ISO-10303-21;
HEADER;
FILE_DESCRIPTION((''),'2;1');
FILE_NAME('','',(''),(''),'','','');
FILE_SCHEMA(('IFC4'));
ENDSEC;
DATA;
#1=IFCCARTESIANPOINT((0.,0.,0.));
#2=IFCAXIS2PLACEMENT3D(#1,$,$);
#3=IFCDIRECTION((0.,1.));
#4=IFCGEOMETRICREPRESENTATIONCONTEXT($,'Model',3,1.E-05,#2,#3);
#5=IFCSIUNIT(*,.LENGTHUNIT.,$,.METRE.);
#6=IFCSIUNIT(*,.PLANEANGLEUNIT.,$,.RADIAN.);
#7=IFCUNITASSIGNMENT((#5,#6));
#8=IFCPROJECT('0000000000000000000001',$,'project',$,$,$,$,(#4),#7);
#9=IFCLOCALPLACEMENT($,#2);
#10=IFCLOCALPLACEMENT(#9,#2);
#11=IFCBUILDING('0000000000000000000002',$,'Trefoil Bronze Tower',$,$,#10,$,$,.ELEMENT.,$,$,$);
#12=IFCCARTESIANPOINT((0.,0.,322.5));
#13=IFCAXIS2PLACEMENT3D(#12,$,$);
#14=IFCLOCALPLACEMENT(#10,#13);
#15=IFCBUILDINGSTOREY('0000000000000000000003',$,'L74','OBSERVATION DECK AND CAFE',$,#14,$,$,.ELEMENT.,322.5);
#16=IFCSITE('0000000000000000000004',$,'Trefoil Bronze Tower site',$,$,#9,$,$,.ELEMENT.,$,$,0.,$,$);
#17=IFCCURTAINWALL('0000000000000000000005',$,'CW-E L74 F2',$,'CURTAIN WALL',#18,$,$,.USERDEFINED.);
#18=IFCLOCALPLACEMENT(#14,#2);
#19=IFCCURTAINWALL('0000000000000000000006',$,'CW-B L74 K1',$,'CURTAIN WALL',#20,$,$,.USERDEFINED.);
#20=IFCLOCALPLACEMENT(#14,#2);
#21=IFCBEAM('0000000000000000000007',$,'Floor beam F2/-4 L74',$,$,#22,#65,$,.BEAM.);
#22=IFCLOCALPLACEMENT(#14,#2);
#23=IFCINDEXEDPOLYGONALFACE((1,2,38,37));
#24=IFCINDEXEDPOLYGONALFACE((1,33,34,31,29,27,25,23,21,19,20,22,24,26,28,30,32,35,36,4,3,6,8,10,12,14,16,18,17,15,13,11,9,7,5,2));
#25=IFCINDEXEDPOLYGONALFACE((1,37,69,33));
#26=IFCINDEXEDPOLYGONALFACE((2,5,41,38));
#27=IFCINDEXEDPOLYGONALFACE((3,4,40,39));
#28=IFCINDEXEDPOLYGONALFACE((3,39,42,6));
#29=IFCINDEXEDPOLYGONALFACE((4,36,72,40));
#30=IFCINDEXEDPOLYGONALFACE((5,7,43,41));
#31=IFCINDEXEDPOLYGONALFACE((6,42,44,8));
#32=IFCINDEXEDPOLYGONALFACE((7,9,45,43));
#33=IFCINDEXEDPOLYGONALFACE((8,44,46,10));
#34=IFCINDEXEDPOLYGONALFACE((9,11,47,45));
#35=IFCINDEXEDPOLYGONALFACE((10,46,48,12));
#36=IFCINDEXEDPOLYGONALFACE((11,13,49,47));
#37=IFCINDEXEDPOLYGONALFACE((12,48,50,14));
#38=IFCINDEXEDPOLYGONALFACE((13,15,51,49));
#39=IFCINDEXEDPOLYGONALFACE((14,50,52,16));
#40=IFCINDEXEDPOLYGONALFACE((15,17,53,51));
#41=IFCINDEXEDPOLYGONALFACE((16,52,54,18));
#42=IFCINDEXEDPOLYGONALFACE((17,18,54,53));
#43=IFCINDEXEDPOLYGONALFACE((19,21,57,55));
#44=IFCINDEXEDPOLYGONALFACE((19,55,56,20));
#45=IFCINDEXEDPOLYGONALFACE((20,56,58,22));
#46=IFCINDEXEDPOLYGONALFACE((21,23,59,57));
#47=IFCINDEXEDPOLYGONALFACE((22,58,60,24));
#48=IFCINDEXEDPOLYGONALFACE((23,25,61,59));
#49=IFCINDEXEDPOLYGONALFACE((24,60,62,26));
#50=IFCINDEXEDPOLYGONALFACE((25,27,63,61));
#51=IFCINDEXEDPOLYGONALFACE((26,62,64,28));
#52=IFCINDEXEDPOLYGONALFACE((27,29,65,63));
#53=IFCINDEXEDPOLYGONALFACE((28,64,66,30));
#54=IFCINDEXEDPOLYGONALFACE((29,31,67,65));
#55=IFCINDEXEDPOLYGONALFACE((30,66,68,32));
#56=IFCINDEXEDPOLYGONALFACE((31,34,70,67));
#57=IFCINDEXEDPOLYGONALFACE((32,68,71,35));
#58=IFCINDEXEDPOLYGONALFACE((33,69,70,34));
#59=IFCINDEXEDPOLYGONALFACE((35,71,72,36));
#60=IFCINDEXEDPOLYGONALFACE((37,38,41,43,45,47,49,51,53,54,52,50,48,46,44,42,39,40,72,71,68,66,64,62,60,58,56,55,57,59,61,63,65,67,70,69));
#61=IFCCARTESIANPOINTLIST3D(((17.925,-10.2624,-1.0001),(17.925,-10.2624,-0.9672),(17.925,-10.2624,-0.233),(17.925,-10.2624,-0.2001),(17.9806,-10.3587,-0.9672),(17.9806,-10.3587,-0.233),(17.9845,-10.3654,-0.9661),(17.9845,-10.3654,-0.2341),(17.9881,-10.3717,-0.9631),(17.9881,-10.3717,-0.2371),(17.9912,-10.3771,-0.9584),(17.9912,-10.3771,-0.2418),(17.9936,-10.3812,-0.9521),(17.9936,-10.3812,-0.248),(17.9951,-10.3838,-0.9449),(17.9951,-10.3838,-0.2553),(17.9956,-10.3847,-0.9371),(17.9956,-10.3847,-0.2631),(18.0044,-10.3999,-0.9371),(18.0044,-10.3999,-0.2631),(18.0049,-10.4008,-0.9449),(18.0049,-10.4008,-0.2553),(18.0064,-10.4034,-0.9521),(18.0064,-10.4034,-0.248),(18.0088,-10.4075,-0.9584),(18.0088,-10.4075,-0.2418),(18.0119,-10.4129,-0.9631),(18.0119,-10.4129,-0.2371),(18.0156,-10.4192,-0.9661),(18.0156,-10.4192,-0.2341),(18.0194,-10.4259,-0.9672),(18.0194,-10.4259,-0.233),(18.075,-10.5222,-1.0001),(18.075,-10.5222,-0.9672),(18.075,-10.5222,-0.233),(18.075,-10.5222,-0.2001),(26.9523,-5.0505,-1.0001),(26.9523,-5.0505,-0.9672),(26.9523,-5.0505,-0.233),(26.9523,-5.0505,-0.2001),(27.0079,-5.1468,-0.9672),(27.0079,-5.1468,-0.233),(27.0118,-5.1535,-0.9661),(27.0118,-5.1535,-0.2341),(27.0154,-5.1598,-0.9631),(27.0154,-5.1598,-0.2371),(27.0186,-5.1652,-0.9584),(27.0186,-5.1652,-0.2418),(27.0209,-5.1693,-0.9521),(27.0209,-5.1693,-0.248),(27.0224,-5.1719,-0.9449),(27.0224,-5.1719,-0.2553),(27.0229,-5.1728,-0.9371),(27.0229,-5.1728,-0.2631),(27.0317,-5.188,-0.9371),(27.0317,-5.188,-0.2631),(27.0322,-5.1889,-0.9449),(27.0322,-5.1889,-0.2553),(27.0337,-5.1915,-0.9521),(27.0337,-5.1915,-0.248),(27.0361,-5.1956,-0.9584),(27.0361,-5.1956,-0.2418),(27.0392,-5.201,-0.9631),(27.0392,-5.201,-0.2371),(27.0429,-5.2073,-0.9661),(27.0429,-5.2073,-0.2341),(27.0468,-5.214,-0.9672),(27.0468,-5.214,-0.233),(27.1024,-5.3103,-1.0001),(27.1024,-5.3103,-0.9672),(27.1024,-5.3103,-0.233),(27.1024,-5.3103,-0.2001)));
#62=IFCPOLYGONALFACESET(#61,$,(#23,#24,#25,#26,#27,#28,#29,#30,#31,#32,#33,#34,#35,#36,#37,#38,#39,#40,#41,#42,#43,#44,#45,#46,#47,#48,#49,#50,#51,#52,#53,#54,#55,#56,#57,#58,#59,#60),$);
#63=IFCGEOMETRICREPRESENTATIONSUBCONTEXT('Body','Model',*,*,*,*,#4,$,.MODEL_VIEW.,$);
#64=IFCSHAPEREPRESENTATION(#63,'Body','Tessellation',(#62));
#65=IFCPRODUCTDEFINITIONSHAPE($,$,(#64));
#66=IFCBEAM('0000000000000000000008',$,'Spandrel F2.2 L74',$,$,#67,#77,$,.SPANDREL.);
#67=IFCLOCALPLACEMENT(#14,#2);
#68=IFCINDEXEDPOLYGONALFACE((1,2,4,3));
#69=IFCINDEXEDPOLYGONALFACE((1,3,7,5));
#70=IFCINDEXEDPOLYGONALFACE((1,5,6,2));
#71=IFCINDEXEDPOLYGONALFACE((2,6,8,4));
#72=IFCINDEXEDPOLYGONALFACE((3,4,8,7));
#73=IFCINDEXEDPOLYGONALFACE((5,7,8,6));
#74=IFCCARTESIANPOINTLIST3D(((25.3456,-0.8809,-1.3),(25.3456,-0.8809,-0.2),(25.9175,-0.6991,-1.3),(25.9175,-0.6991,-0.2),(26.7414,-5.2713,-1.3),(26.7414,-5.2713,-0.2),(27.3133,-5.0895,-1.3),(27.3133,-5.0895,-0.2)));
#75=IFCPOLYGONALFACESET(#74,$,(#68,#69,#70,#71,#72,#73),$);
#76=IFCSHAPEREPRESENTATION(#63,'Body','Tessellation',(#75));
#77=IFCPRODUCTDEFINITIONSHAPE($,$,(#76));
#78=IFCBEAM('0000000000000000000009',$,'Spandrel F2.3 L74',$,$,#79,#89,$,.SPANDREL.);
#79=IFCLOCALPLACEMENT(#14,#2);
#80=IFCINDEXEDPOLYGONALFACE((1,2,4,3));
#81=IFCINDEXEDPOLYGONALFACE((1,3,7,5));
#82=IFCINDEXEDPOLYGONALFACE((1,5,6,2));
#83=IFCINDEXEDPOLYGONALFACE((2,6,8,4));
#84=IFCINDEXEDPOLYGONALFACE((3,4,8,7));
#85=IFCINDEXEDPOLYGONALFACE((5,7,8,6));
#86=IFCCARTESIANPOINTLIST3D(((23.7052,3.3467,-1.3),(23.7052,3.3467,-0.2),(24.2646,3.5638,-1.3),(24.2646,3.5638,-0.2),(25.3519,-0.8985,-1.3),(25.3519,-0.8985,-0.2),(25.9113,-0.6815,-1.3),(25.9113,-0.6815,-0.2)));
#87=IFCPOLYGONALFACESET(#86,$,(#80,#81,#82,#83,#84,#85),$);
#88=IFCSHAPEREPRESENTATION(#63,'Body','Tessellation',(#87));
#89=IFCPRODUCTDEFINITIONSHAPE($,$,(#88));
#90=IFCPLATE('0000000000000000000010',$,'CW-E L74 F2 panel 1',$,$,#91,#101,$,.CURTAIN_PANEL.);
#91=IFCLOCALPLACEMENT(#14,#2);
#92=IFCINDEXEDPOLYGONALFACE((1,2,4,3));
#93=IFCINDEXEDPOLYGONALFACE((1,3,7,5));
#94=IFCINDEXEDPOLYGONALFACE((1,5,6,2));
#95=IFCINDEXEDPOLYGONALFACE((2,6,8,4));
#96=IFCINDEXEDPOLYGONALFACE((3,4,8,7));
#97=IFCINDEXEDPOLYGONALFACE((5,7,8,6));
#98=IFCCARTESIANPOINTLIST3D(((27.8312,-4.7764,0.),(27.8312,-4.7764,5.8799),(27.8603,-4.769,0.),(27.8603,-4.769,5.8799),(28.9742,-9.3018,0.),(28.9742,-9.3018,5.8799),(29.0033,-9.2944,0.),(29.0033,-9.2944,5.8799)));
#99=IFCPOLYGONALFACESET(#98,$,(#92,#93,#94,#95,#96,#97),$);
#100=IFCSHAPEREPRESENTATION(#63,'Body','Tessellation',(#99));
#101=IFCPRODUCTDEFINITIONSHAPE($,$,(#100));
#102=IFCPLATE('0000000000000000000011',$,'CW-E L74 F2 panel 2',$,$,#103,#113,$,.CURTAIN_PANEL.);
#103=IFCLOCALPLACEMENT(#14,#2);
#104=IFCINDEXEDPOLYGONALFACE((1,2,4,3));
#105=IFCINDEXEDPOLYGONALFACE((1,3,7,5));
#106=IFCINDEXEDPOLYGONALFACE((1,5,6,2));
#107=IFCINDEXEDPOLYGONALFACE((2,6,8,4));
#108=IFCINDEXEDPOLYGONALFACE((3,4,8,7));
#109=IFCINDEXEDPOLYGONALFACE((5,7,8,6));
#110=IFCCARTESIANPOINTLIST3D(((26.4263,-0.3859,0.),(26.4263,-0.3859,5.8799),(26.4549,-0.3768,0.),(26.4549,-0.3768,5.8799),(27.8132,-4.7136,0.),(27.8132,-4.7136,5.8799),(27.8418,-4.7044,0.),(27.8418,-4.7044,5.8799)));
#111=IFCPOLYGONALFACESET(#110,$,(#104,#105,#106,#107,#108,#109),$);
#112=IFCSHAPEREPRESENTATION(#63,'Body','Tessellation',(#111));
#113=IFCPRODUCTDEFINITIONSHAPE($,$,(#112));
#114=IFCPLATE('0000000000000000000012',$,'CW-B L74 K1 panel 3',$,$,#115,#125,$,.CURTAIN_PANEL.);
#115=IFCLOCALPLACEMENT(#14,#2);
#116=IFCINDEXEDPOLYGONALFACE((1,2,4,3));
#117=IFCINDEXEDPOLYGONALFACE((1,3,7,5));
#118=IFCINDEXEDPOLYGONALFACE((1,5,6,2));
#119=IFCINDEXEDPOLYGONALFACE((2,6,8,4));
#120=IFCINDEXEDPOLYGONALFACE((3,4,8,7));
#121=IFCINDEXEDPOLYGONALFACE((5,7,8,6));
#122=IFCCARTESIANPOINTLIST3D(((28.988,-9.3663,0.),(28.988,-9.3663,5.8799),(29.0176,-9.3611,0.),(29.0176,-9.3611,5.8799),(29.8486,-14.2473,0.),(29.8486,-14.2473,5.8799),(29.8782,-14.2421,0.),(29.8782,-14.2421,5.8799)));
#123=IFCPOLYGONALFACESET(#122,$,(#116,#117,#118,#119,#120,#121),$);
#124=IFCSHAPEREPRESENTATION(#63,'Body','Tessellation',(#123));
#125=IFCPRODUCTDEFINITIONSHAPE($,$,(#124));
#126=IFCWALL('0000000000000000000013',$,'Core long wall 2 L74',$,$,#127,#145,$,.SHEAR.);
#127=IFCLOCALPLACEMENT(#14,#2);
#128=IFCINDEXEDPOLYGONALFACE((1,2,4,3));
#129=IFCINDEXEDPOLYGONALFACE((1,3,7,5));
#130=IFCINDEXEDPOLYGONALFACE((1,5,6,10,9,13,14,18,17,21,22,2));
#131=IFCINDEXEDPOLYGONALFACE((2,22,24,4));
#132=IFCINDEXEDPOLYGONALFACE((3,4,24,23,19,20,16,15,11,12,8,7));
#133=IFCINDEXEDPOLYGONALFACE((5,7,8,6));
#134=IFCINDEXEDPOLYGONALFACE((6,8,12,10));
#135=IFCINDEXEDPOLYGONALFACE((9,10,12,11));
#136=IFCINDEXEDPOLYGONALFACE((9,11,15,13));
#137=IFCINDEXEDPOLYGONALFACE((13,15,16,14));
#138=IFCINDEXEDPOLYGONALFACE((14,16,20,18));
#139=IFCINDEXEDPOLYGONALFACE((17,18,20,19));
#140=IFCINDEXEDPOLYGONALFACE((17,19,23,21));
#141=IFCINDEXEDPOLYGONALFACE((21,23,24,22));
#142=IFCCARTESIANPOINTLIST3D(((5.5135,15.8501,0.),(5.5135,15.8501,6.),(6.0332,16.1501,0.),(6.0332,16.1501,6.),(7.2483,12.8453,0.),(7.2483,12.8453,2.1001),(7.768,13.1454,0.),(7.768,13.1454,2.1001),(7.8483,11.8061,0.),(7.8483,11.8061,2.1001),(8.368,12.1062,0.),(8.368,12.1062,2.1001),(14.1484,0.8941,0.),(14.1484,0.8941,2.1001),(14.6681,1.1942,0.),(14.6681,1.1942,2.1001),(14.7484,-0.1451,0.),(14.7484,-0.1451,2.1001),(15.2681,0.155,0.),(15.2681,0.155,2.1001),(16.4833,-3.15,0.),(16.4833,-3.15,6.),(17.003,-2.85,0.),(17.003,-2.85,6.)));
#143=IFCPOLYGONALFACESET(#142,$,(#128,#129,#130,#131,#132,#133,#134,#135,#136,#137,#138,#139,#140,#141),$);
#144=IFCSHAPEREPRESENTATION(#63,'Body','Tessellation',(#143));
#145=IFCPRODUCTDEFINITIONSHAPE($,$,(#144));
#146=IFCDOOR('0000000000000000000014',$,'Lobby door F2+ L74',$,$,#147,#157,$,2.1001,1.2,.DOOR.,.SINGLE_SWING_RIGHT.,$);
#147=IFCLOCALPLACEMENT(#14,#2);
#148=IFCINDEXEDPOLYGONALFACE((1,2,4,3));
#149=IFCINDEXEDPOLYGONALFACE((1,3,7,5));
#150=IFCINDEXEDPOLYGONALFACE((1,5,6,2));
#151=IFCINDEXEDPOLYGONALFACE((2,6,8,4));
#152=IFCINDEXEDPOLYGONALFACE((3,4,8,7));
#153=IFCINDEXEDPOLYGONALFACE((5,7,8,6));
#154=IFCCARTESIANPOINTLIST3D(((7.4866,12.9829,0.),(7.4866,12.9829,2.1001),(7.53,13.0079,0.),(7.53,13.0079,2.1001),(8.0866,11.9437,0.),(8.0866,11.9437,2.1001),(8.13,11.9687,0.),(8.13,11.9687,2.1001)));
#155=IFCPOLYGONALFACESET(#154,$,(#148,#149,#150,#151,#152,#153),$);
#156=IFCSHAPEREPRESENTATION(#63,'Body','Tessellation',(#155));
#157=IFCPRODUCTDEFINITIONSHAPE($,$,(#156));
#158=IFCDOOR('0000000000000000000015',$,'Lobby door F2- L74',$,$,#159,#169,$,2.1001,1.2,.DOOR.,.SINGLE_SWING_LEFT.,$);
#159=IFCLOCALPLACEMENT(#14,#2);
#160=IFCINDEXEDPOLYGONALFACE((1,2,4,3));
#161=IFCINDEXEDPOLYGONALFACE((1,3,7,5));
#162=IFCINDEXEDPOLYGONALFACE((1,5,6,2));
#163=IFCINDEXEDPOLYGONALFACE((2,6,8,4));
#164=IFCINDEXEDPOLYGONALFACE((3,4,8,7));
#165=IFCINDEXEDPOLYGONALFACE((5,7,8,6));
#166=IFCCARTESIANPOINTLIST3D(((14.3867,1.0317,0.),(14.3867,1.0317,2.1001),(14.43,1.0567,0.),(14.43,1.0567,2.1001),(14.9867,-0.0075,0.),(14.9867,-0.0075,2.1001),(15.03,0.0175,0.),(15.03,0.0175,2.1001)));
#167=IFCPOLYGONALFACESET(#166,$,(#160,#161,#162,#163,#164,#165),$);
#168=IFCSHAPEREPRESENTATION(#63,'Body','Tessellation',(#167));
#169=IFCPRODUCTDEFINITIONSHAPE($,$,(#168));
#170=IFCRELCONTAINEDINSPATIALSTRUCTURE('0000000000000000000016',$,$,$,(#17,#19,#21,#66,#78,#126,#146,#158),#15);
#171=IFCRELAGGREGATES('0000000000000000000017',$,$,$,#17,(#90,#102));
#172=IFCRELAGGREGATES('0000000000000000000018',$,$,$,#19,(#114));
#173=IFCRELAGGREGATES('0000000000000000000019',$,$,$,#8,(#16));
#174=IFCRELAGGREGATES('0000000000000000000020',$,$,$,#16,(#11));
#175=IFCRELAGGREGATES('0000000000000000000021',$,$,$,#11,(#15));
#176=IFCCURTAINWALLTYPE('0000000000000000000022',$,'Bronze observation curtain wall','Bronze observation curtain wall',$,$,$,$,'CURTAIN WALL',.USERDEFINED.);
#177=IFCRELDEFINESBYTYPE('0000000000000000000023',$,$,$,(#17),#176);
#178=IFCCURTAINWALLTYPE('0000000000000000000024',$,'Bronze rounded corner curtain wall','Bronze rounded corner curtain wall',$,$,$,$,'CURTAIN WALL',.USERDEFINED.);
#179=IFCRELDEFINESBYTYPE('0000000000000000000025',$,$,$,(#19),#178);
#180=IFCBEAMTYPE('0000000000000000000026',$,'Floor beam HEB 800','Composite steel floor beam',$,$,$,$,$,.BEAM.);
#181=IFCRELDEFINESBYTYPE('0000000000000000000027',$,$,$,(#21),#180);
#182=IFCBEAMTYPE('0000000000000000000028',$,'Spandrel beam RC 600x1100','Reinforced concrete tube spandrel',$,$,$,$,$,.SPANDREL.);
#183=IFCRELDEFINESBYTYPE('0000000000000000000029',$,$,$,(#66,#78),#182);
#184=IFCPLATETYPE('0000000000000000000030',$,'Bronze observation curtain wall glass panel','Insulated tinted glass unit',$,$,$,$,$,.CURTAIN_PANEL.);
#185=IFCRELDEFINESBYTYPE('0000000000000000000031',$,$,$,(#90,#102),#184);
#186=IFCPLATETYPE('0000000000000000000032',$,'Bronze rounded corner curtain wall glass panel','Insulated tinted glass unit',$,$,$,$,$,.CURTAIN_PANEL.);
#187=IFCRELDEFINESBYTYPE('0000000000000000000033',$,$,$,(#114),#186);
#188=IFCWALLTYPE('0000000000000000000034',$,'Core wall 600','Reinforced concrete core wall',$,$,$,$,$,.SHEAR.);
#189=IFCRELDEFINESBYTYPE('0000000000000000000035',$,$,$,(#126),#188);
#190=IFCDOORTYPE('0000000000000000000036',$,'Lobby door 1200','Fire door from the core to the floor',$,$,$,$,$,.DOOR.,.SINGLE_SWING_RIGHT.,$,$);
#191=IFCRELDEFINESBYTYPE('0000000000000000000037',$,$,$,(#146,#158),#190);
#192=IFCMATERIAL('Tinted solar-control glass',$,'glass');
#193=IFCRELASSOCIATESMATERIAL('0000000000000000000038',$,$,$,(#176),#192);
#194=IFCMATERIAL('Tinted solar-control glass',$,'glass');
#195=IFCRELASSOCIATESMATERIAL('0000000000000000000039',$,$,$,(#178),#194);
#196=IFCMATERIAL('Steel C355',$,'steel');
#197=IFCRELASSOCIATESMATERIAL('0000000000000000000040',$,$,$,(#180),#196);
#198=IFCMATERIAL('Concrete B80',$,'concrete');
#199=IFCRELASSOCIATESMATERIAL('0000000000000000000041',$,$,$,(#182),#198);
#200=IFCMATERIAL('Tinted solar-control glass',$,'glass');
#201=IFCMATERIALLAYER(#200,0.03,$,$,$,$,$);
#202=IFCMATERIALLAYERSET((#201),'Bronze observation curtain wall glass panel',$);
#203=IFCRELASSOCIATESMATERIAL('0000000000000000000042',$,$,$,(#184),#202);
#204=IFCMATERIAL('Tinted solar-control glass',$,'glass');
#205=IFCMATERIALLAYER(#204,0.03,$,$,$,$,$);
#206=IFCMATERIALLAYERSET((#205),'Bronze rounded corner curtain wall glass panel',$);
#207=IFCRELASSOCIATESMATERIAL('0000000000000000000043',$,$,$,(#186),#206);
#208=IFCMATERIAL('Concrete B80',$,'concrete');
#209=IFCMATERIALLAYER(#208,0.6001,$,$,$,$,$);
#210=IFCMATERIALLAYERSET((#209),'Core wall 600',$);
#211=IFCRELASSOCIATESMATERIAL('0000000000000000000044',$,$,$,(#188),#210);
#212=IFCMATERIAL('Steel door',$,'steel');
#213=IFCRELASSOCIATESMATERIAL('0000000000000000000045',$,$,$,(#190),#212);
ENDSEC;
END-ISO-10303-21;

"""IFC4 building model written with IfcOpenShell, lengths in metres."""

from ifc_helpers import new_model, si_unit, direction, frame, frame_2d, origin, origin_2d, place, context, subcontext, project, spatial, rectangle, i_section, extrude, material, layer, layer_set, material_profile, profile_set, type_object, element, fill, aggregate, save


model = new_model("IFC4")

# Units and contexts
model_context = context("Model", 3, precision=1e-05, world=origin(), true_north=direction((0.0, 1.0)))
body_context = subcontext(model_context, "Body", "Model", "MODEL_VIEW")
ifc_project = project(units=[si_unit("LENGTHUNIT", "METRE"), si_unit("PLANEANGLEUNIT", "RADIAN")], contexts=[model_context])

# Site, building, storey
site_placement = place(None, origin())
site = spatial("IfcSite", under=ifc_project, at=site_placement, Name="Trefoil Bronze Tower site", CompositionType="ELEMENT", RefElevation=0.0)
building_placement = place(site_placement, origin())
building = spatial("IfcBuilding", under=site, at=building_placement, Name="Trefoil Bronze Tower", CompositionType="ELEMENT")
storey_placement = place(building_placement, frame((0.0, 0.0, 322.5)))
storey = spatial("IfcBuildingStorey", under=building, at=storey_placement, Name="L74", Description="OBSERVATION DECK AND CAFE", CompositionType="ELEMENT", Elevation=322.5)

# Curtain walls
ifc_material_1 = material(Name="Tinted solar-control glass", Category="glass")
curtain_wall_type_1 = type_object("IfcCurtainWallType", Name="Bronze observation curtain wall", Description="Bronze observation curtain wall", ElementType="CURTAIN WALL", PredefinedType="USERDEFINED", material=ifc_material_1)
curtain_wall_1_placement = place(storey_placement, origin())
curtain_wall_1 = element("IfcCurtainWall", 1, at=curtain_wall_1_placement, inside=storey, type_object=curtain_wall_type_1, Name="CW-E L74 F2", ObjectType="CURTAIN WALL", PredefinedType="USERDEFINED")
ifc_material_2 = material(Name="Tinted solar-control glass", Category="glass")
curtain_wall_type_2 = type_object("IfcCurtainWallType", Name="Bronze rounded corner curtain wall", Description="Bronze rounded corner curtain wall", ElementType="CURTAIN WALL", PredefinedType="USERDEFINED", material=ifc_material_2)
curtain_wall_2_placement = place(storey_placement, origin())
curtain_wall_2 = element("IfcCurtainWall", 2, at=curtain_wall_2_placement, inside=storey, type_object=curtain_wall_type_2, Name="CW-B L74 K1", ObjectType="CURTAIN WALL", PredefinedType="USERDEFINED")

# Beams
ifc_material_3 = material(Name="Steel C355", Category="steel")
ifc_material_profile_1 = material_profile(ifc_material_3, i_section(OverallWidth=0.3, OverallDepth=0.8, WebThickness=0.0176, FlangeThickness=0.033, FilletRadius=0.03, at=origin_2d()), Name="HEB 800")
ifc_profile_set_1 = profile_set([ifc_material_profile_1], Name="Steel C355")
beam_type_1 = type_object("IfcBeamType", Name="Floor beam HEB 800", Description="Composite steel floor beam", PredefinedType="BEAM", material=ifc_profile_set_1)
beam_1_placement = place(storey_placement, frame((27.0273, -5.1804, -0.6001), z_axis=(-0.866026, -0.499998, 0.0), x_axis=(0.499998, -0.866026, 0.0)))
element("IfcBeam", 3, at=beam_1_placement, inside=storey, type_object=beam_type_1, Name="Floor beam F2/-4 L74", PredefinedType="BEAM", context=body_context, shape_type="SweptSolid", body=[
    extrude(i_section(OverallWidth=0.3, OverallDepth=0.8, WebThickness=0.0176, FlangeThickness=0.033, FilletRadius=0.03, at=origin_2d()), origin(), (0.0, 0.0, 1.0), 10.4238),
])
ifc_material_4 = material(Name="Concrete B80", Category="concrete")
ifc_material_profile_2 = material_profile(ifc_material_4, rectangle(XDim=0.6001, YDim=1.1001, at=origin_2d()), Name="RC 600x1100")
ifc_profile_set_2 = profile_set([ifc_material_profile_2], Name="Concrete B80")
beam_type_2 = type_object("IfcBeamType", Name="Spandrel beam RC 600x1100", Description="Reinforced concrete tube spandrel", PredefinedType="SPANDREL", material=ifc_profile_set_2)
beam_2_placement = place(storey_placement, frame((27.0273, -5.1804, -0.75), z_axis=(-0.30297, 0.953, 0.0), x_axis=(-0.953, -0.30297, 0.0)))
element("IfcBeam", 4, at=beam_2_placement, inside=storey, type_object=beam_type_2, Name="Spandrel F2.2 L74", PredefinedType="SPANDREL", context=body_context, shape_type="SweptSolid", body=[
    extrude(rectangle(XDim=0.6001, YDim=1.1001, at=origin_2d()), origin(), (0.0, 0.0, 1.0), 4.6069),
])
beam_3_placement = place(storey_placement, frame((25.6316, -0.79, -0.75), z_axis=(-0.361636, 0.932319, 0.0), x_axis=(-0.932319, -0.361636, 0.0)))
element("IfcBeam", 5, at=beam_3_placement, inside=storey, type_object=beam_type_2, Name="Spandrel F2.3 L74", PredefinedType="SPANDREL", context=body_context, shape_type="SweptSolid", body=[
    extrude(rectangle(XDim=0.6001, YDim=1.1001, at=origin_2d()), origin(), (0.0, 0.0, 1.0), 4.5535),
])

# Plates
ifc_material_5 = material(Name="Tinted solar-control glass", Category="glass")
ifc_layer_1 = layer(ifc_material_5, 0.03)
ifc_layer_set_1 = layer_set([ifc_layer_1], Name="Bronze observation curtain wall glass panel")
plate_type_1 = type_object("IfcPlateType", Name="Bronze observation curtain wall glass panel", Description="Insulated tinted glass unit", PredefinedType="CURTAIN_PANEL", material=ifc_layer_set_1)
plate_1_placement = place(storey_placement, frame((28.4172, -7.0354, 0.0), z_axis=(0.0, 0.0, 1.0), x_axis=(-0.24488, 0.969554, 0.0)))
plate_1 = element("IfcPlate", 6, at=plate_1_placement, type_object=plate_type_1, Name="CW-E L74 F2 panel 1", PredefinedType="CURTAIN_PANEL", context=body_context, shape_type="SweptSolid", body=[
    extrude(rectangle(XDim=4.6675, YDim=0.03, at=origin_2d()), origin(), (0.0, 0.0, 1.0), 5.8799),
])
plate_2_placement = place(storey_placement, frame((27.134, -2.5452, 0.0), z_axis=(0.0, 0.0, 1.0), x_axis=(-0.305188, 0.952292, 0.0)))
plate_2 = element("IfcPlate", 7, at=plate_2_placement, type_object=plate_type_1, Name="CW-E L74 F2 panel 2", PredefinedType="CURTAIN_PANEL", context=body_context, shape_type="SweptSolid", body=[
    extrude(rectangle(XDim=4.5444, YDim=0.03, at=origin_2d()), origin(), (0.0, 0.0, 1.0), 5.8799),
])
aggregate(curtain_wall_1, [plate_1, plate_2])
ifc_material_6 = material(Name="Tinted solar-control glass", Category="glass")
ifc_layer_2 = layer(ifc_material_6, 0.03)
ifc_layer_set_2 = layer_set([ifc_layer_2], Name="Bronze rounded corner curtain wall glass panel")
plate_type_2 = type_object("IfcPlateType", Name="Bronze rounded corner curtain wall glass panel", Description="Insulated tinted glass unit", PredefinedType="CURTAIN_PANEL", material=ifc_layer_set_2)
plate_3_placement = place(storey_placement, frame((29.4331, -11.8042, 0.0), z_axis=(0.0, 0.0, 1.0), x_axis=(-0.173648, 0.984808, 0.0)))
plate_3 = element("IfcPlate", 8, at=plate_3_placement, type_object=plate_type_2, Name="CW-B L74 K1 panel 3", PredefinedType="CURTAIN_PANEL", context=body_context, shape_type="SweptSolid", body=[
    extrude(rectangle(XDim=4.9563, YDim=0.03, at=origin_2d()), origin(), (0.0, 0.0, 1.0), 5.8799),
])
aggregate(curtain_wall_2, [plate_3])

# Wall, openings, doors
ifc_material_7 = material(Name="Concrete B80", Category="concrete")
ifc_layer_3 = layer(ifc_material_7, 0.6001)
ifc_layer_set_3 = layer_set([ifc_layer_3], Name="Core wall 600")
wall_type_1 = type_object("IfcWallType", Name="Core wall 600", Description="Reinforced concrete core wall", PredefinedType="SHEAR", material=ifc_layer_set_3)
wall_1_placement = place(storey_placement, frame((16.7432, -3.0, 0.0), z_axis=(0.0, 0.0, 1.0), x_axis=(-0.500002, 0.866024, 0.0)))
wall_1 = element("IfcWall", 9, at=wall_1_placement, inside=storey, type_object=wall_type_1, Name="Core long wall 2 L74", PredefinedType="SHEAR", context=body_context, shape_type="SweptSolid", body=[
    extrude(rectangle(XDim=21.9395, YDim=0.6001, at=frame_2d((10.9697, 0.0))), origin(), (0.0, 0.0, 1.0), 6.0),
])
opening_1_placement = place(wall_1_placement, frame((17.2698, 0.0, 0.0)))
opening_1 = element("IfcOpeningElement", 10, at=opening_1_placement, cuts=wall_1, PredefinedType="OPENING", context=body_context, shape_type="SweptSolid", body=[
    extrude(rectangle(XDim=1.2, YDim=2.1001, at=frame_2d((0.6001, 1.05))), frame((0.0, 0.3101, 0.0), z_axis=(0.0, -1.0, 0.0), x_axis=(1.0, 0.0, 0.0)), (0.0, 0.0, 1.0), 0.6201),
])
opening_2_placement = place(wall_1_placement, frame((3.4697, 0.0, 0.0)))
opening_2 = element("IfcOpeningElement", 11, at=opening_2_placement, cuts=wall_1, PredefinedType="OPENING", context=body_context, shape_type="SweptSolid", body=[
    extrude(rectangle(XDim=1.2, YDim=2.1001, at=frame_2d((0.6001, 1.05))), frame((0.0, 0.3101, 0.0), z_axis=(0.0, -1.0, 0.0), x_axis=(1.0, 0.0, 0.0)), (0.0, 0.0, 1.0), 0.6201),
])
ifc_material_8 = material(Name="Steel door", Category="steel")
door_type = type_object("IfcDoorType", Name="Lobby door 1200", Description="Fire door from the core to the floor", OperationType="SINGLE_SWING_RIGHT", PredefinedType="DOOR", material=ifc_material_8)
door_1_placement = place(opening_1_placement, origin())
door_1 = element("IfcDoor", 12, at=door_1_placement, inside=storey, type_object=door_type, Name="Lobby door F2+ L74", OperationType="SINGLE_SWING_RIGHT", OverallHeight=2.1001, OverallWidth=1.2, PredefinedType="DOOR", context=body_context, shape_type="SweptSolid", body=[
    extrude(rectangle(XDim=1.2, YDim=2.1001, at=frame_2d((0.6001, 1.05))), frame((0.0, 0.0249, 0.0), z_axis=(0.0, -1.0, 0.0), x_axis=(1.0, 0.0, 0.0)), (0.0, 0.0, 1.0), 0.05),
])
fill(opening_1, door_1)
door_2_placement = place(opening_2_placement, origin())
door_2 = element("IfcDoor", 13, at=door_2_placement, inside=storey, type_object=door_type, Name="Lobby door F2- L74", OperationType="SINGLE_SWING_LEFT", OverallHeight=2.1001, OverallWidth=1.2, PredefinedType="DOOR", context=body_context, shape_type="SweptSolid", body=[
    extrude(rectangle(XDim=1.2, YDim=2.1001, at=frame_2d((0.6001, 1.05))), frame((0.0, 0.0249, 0.0), z_axis=(0.0, -1.0, 0.0), x_axis=(1.0, 0.0, 0.0)), (0.0, 0.0, 1.0), 0.05),
])
fill(opening_2, door_2)

save(model, "model.ifc")
